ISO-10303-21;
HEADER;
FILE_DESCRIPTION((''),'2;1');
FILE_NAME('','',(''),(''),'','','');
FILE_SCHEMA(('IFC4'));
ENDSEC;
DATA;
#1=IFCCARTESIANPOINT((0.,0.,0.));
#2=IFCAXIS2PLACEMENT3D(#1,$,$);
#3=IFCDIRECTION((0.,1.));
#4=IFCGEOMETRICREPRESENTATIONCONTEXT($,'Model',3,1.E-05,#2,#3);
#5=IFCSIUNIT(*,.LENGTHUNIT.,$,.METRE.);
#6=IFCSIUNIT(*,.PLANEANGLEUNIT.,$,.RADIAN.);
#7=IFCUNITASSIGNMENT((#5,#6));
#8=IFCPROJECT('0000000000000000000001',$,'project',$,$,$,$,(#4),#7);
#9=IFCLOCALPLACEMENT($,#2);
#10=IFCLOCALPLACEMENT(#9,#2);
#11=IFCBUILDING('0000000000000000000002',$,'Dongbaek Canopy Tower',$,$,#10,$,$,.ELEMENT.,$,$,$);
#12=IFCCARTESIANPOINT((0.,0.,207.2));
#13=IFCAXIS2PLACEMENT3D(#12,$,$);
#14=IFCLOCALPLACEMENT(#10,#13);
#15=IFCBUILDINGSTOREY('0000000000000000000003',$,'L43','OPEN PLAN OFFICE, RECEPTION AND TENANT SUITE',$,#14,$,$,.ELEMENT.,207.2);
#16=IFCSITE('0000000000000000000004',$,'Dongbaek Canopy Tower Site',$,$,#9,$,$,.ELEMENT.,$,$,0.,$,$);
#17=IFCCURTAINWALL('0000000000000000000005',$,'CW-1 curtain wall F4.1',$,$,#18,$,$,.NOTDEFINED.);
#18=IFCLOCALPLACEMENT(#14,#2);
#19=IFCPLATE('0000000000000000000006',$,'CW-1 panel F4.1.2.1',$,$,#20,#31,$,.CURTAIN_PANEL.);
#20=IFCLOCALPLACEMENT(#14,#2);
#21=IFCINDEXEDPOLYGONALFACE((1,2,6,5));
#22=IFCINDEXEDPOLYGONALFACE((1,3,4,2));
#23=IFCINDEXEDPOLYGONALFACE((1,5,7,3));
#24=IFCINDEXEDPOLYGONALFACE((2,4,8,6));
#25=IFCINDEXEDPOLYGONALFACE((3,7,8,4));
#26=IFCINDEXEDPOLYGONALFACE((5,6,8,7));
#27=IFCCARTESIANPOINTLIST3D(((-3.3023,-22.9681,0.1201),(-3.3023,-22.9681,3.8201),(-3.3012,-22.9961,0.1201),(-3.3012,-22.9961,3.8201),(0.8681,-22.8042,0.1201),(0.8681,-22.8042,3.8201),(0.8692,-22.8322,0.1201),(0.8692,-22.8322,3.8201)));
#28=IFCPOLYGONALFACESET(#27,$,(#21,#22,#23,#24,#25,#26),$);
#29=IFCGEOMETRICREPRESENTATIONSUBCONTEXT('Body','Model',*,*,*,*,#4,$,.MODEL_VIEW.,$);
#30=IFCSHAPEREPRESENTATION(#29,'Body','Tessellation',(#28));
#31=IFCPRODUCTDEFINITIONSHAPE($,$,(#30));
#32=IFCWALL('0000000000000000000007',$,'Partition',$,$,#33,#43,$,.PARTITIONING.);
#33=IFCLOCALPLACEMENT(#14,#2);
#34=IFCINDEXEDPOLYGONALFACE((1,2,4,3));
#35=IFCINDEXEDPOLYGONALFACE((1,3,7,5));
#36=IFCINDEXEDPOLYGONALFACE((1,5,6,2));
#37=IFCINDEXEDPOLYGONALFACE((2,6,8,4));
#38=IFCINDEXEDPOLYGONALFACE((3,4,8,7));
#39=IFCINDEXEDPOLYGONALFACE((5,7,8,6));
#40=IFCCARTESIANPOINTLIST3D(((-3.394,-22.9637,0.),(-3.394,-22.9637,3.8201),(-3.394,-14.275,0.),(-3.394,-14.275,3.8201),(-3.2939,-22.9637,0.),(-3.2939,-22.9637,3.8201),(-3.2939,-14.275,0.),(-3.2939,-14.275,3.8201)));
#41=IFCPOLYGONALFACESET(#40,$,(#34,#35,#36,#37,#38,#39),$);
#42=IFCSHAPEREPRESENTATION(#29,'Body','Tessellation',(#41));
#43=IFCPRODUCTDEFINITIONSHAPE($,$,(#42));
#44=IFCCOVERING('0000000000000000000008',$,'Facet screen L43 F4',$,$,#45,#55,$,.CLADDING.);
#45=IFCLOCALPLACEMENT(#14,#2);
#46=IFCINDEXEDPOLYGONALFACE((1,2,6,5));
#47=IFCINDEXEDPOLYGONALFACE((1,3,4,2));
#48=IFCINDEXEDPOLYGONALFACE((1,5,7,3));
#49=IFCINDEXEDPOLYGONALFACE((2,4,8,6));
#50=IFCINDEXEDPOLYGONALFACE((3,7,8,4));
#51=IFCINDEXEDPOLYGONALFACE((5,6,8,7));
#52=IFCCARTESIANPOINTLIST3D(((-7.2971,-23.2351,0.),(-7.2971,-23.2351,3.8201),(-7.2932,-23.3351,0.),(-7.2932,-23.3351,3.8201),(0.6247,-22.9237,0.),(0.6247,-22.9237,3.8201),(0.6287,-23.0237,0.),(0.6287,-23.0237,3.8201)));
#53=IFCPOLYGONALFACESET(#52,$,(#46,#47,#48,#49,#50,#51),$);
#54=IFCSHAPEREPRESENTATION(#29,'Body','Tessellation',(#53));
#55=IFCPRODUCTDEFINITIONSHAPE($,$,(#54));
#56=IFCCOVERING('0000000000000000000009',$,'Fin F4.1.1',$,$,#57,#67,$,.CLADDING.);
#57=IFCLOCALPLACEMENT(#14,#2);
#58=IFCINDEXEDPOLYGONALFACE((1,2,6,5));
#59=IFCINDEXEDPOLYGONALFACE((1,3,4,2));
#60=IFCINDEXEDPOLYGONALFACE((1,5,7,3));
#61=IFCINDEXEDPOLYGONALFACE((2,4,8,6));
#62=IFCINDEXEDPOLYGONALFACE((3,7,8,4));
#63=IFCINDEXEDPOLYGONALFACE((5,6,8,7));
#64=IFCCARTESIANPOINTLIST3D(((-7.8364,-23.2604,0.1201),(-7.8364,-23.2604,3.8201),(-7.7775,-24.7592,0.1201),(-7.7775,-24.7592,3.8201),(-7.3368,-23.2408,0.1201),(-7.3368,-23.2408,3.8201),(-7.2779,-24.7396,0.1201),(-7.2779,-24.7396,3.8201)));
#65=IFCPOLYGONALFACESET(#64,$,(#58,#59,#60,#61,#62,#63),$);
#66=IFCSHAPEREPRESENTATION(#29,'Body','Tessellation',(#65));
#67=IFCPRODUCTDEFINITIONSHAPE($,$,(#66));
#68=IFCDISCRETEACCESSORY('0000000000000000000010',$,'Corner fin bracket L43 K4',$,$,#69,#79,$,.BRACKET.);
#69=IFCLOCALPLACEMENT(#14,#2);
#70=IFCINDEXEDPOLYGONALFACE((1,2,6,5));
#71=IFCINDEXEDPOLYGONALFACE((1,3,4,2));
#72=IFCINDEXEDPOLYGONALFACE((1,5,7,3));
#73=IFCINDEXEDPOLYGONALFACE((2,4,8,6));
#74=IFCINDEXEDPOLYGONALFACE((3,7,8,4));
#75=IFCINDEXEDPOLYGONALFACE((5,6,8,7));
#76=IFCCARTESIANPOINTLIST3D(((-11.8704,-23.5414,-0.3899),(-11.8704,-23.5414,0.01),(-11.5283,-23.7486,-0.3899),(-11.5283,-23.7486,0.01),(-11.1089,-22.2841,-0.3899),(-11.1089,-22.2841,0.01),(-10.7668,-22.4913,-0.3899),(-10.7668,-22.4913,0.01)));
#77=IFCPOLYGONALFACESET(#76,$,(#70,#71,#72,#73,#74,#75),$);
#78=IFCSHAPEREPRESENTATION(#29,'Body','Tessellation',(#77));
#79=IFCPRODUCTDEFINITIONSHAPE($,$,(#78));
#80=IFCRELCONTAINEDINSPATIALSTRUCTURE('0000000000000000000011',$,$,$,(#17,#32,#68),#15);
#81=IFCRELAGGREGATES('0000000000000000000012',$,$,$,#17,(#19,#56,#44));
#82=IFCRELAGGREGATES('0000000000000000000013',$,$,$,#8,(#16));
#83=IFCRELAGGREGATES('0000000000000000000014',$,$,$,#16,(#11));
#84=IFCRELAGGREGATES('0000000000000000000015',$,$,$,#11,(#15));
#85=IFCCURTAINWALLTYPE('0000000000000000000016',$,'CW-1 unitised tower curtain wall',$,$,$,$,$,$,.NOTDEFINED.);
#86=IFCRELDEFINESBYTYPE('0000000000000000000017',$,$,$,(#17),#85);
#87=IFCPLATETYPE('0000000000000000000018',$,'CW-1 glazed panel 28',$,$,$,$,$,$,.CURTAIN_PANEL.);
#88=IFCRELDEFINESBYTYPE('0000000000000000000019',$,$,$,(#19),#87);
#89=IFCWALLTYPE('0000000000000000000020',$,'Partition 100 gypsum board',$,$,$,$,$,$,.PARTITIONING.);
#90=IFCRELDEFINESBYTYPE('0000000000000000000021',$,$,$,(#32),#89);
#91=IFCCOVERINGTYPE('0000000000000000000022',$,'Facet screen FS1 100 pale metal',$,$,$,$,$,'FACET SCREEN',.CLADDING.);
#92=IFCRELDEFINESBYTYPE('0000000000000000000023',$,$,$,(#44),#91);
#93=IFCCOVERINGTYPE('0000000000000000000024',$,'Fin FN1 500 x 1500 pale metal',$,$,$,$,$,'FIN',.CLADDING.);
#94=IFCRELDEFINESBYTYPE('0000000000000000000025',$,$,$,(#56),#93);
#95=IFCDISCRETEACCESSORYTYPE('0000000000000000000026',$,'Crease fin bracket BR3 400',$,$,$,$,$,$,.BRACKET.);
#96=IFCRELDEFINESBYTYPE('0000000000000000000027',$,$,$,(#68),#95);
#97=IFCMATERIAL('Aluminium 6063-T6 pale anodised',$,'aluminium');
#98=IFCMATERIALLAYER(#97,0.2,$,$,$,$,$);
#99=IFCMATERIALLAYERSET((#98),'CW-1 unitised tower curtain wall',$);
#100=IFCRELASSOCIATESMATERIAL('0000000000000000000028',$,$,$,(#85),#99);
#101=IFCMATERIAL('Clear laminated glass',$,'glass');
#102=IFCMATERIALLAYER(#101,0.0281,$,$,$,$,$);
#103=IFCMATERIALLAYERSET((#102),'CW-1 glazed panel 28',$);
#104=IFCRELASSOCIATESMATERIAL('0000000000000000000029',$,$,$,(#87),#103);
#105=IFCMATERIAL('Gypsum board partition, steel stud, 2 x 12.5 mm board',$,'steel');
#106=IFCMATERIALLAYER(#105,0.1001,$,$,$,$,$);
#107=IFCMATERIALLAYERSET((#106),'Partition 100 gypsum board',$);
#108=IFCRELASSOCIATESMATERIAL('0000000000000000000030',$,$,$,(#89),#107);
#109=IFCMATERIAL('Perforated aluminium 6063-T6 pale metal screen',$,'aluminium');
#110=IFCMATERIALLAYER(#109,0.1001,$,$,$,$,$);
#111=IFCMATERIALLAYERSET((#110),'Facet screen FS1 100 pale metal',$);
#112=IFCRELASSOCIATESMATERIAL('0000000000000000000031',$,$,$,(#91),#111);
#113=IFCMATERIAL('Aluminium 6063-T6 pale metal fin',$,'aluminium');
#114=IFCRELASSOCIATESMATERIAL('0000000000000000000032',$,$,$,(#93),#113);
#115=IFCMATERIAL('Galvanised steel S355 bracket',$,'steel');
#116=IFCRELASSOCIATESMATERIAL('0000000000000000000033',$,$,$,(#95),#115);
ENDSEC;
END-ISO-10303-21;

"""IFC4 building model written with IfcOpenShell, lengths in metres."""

from ifc_helpers import new_model, si_unit, direction, frame, frame_2d, origin, origin_2d, place, context, subcontext, project, spatial, rectangle, extrude, material, layer, layer_set, material_profile, profile_set, type_object, element, aggregate, save


model = new_model("IFC4")

# Units and contexts
model_context = context("Model", 3, precision=1e-05, world=origin(), true_north=direction((0.0, 1.0)))
body_context = subcontext(model_context, "Body", "Model", "MODEL_VIEW")
ifc_project = project(units=[si_unit("LENGTHUNIT", "METRE"), si_unit("PLANEANGLEUNIT", "RADIAN")], contexts=[model_context])

# Site, building, storey
site_placement = place(None, origin())
site = spatial("IfcSite", under=ifc_project, at=site_placement, Name="Dongbaek Canopy Tower Site", CompositionType="ELEMENT", RefElevation=0.0)
building_placement = place(site_placement, origin())
building = spatial("IfcBuilding", under=site, at=building_placement, Name="Dongbaek Canopy Tower", CompositionType="ELEMENT")
storey_placement = place(building_placement, frame((0.0, 0.0, 207.2)))
storey = spatial("IfcBuildingStorey", under=building, at=storey_placement, Name="L43", Description="OPEN PLAN OFFICE, RECEPTION AND TENANT SUITE", CompositionType="ELEMENT", Elevation=207.2)

# Shared definitions
ifc_material_1 = material(Name="Aluminium 6063-T6 pale anodised", Category="aluminium")
ifc_layer_1 = layer(ifc_material_1, 0.2)
ifc_layer_set_1 = layer_set([ifc_layer_1], Name="CW-1 unitised tower curtain wall")
curtain_wall_type = type_object("IfcCurtainWallType", Name="CW-1 unitised tower curtain wall", PredefinedType="NOTDEFINED", material=ifc_layer_set_1)

# Curtain wall
curtain_wall_1_placement = place(storey_placement, origin())
curtain_wall_1 = element("IfcCurtainWall", 1, at=curtain_wall_1_placement, inside=storey, type_object=curtain_wall_type, Name="CW-1 curtain wall F4.1", PredefinedType="NOTDEFINED")

# Plate
ifc_material_2 = material(Name="Clear laminated glass", Category="glass")
ifc_layer_2 = layer(ifc_material_2, 0.0281)
ifc_layer_set_2 = layer_set([ifc_layer_2], Name="CW-1 glazed panel 28")
plate_type = type_object("IfcPlateType", Name="CW-1 glazed panel 28", PredefinedType="CURTAIN_PANEL", material=ifc_layer_set_2)
plate_1_placement = place(storey_placement, frame((-1.2166, -22.9001, 0.1201), z_axis=(0.0, 0.0, 1.0), x_axis=(0.999228, 0.039276, 0.0)))
plate_1 = element("IfcPlate", 2, at=plate_1_placement, type_object=plate_type, Name="CW-1 panel F4.1.2.1", PredefinedType="CURTAIN_PANEL", context=body_context, shape_type="SweptSolid", body=[
    extrude(rectangle(XDim=4.1736, YDim=0.0281, at=origin_2d()), origin(), (0.0, 0.0, 1.0), 3.7),
])

# Wall
ifc_material_3 = material(Name="Gypsum board partition, steel stud, 2 x 12.5 mm board", Category="steel")
ifc_layer_3 = layer(ifc_material_3, 0.1001)
ifc_layer_set_3 = layer_set([ifc_layer_3], Name="Partition 100 gypsum board")
wall_type = type_object("IfcWallType", Name="Partition 100 gypsum board", PredefinedType="PARTITIONING", material=ifc_layer_set_3)
wall_placement = place(storey_placement, frame((-3.344, -22.9636, 0.0), z_axis=(0.0, 0.0, 1.0), x_axis=(0.0, 1.0, 0.0)))
element("IfcWall", 3, at=wall_placement, inside=storey, type_object=wall_type, Name="Partition", PredefinedType="PARTITIONING", context=body_context, shape_type="SweptSolid", body=[
    extrude(rectangle(XDim=8.6887, YDim=0.1001, at=frame_2d((4.3442, 0.0))), origin(), (0.0, 0.0, 1.0), 3.8201),
])

# Coverings
ifc_material_4 = material(Name="Perforated aluminium 6063-T6 pale metal screen", Category="aluminium")
ifc_layer_4 = layer(ifc_material_4, 0.1001)
ifc_layer_set_4 = layer_set([ifc_layer_4], Name="Facet screen FS1 100 pale metal")
covering_type_1 = type_object("IfcCoveringType", Name="Facet screen FS1 100 pale metal", ElementType="FACET SCREEN", PredefinedType="CLADDING", material=ifc_layer_set_4)
covering_1_placement = place(storey_placement, frame((-3.3342, -23.1294, 0.0), z_axis=(0.0, 0.0, 1.0), x_axis=(0.999228, 0.039276, 0.0)))
covering_1 = element("IfcCovering", 4, at=covering_1_placement, type_object=covering_type_1, Name="Facet screen L43 F4", PredefinedType="CLADDING", context=body_context, shape_type="SweptSolid", body=[
    extrude(rectangle(XDim=7.928, YDim=0.1001, at=origin_2d()), origin(), (0.0, 0.0, 1.0), 3.8201),
])
ifc_material_5 = material(Name="Aluminium 6063-T6 pale metal fin", Category="aluminium")
ifc_material_profile_1 = material_profile(ifc_material_5, rectangle(XDim=1.5, YDim=0.5, at=origin_2d()), Name="Fin FN1 500 x 1500 pale metal")
ifc_profile_set_1 = profile_set([ifc_material_profile_1], Name="Aluminium 6063-T6 pale metal fin")
covering_type_2 = type_object("IfcCoveringType", Name="Fin FN1 500 x 1500 pale metal", ElementType="FIN", PredefinedType="CLADDING", material=ifc_profile_set_1)
covering_2_placement = place(storey_placement, frame((-7.5571, -24.0, 0.1201), z_axis=(0.0, 0.0, 1.0), x_axis=(0.039276, -0.999228, 0.0)))
covering_2 = element("IfcCovering", 5, at=covering_2_placement, type_object=covering_type_2, Name="Fin F4.1.1", PredefinedType="CLADDING", context=body_context, shape_type="SweptSolid", body=[
    extrude(rectangle(XDim=1.5, YDim=0.5, at=origin_2d()), origin(), (0.0, 0.0, 1.0), 3.7),
])
aggregate(curtain_wall_1, [plate_1, covering_2, covering_1])

# Discrete accessory
ifc_material_6 = material(Name="Galvanised steel S355 bracket", Category="steel")
discrete_accessory_type = type_object("IfcDiscreteAccessoryType", Name="Crease fin bracket BR3 400", PredefinedType="BRACKET", material=ifc_material_6)
discrete_accessory_placement = place(storey_placement, frame((-11.3186, -23.0164, -0.3899), z_axis=(0.0, 0.0, 1.0), x_axis=(-0.518049, -0.855351, 0.0)))
element("IfcDiscreteAccessory", 6, at=discrete_accessory_placement, inside=storey, type_object=discrete_accessory_type, Name="Corner fin bracket L43 K4", PredefinedType="BRACKET", context=body_context, shape_type="SweptSolid", body=[
    extrude(rectangle(XDim=1.47, YDim=0.3999, at=origin_2d()), origin(), (0.0, 0.0, 1.0), 0.3999),
])

save(model, "model.ifc")
